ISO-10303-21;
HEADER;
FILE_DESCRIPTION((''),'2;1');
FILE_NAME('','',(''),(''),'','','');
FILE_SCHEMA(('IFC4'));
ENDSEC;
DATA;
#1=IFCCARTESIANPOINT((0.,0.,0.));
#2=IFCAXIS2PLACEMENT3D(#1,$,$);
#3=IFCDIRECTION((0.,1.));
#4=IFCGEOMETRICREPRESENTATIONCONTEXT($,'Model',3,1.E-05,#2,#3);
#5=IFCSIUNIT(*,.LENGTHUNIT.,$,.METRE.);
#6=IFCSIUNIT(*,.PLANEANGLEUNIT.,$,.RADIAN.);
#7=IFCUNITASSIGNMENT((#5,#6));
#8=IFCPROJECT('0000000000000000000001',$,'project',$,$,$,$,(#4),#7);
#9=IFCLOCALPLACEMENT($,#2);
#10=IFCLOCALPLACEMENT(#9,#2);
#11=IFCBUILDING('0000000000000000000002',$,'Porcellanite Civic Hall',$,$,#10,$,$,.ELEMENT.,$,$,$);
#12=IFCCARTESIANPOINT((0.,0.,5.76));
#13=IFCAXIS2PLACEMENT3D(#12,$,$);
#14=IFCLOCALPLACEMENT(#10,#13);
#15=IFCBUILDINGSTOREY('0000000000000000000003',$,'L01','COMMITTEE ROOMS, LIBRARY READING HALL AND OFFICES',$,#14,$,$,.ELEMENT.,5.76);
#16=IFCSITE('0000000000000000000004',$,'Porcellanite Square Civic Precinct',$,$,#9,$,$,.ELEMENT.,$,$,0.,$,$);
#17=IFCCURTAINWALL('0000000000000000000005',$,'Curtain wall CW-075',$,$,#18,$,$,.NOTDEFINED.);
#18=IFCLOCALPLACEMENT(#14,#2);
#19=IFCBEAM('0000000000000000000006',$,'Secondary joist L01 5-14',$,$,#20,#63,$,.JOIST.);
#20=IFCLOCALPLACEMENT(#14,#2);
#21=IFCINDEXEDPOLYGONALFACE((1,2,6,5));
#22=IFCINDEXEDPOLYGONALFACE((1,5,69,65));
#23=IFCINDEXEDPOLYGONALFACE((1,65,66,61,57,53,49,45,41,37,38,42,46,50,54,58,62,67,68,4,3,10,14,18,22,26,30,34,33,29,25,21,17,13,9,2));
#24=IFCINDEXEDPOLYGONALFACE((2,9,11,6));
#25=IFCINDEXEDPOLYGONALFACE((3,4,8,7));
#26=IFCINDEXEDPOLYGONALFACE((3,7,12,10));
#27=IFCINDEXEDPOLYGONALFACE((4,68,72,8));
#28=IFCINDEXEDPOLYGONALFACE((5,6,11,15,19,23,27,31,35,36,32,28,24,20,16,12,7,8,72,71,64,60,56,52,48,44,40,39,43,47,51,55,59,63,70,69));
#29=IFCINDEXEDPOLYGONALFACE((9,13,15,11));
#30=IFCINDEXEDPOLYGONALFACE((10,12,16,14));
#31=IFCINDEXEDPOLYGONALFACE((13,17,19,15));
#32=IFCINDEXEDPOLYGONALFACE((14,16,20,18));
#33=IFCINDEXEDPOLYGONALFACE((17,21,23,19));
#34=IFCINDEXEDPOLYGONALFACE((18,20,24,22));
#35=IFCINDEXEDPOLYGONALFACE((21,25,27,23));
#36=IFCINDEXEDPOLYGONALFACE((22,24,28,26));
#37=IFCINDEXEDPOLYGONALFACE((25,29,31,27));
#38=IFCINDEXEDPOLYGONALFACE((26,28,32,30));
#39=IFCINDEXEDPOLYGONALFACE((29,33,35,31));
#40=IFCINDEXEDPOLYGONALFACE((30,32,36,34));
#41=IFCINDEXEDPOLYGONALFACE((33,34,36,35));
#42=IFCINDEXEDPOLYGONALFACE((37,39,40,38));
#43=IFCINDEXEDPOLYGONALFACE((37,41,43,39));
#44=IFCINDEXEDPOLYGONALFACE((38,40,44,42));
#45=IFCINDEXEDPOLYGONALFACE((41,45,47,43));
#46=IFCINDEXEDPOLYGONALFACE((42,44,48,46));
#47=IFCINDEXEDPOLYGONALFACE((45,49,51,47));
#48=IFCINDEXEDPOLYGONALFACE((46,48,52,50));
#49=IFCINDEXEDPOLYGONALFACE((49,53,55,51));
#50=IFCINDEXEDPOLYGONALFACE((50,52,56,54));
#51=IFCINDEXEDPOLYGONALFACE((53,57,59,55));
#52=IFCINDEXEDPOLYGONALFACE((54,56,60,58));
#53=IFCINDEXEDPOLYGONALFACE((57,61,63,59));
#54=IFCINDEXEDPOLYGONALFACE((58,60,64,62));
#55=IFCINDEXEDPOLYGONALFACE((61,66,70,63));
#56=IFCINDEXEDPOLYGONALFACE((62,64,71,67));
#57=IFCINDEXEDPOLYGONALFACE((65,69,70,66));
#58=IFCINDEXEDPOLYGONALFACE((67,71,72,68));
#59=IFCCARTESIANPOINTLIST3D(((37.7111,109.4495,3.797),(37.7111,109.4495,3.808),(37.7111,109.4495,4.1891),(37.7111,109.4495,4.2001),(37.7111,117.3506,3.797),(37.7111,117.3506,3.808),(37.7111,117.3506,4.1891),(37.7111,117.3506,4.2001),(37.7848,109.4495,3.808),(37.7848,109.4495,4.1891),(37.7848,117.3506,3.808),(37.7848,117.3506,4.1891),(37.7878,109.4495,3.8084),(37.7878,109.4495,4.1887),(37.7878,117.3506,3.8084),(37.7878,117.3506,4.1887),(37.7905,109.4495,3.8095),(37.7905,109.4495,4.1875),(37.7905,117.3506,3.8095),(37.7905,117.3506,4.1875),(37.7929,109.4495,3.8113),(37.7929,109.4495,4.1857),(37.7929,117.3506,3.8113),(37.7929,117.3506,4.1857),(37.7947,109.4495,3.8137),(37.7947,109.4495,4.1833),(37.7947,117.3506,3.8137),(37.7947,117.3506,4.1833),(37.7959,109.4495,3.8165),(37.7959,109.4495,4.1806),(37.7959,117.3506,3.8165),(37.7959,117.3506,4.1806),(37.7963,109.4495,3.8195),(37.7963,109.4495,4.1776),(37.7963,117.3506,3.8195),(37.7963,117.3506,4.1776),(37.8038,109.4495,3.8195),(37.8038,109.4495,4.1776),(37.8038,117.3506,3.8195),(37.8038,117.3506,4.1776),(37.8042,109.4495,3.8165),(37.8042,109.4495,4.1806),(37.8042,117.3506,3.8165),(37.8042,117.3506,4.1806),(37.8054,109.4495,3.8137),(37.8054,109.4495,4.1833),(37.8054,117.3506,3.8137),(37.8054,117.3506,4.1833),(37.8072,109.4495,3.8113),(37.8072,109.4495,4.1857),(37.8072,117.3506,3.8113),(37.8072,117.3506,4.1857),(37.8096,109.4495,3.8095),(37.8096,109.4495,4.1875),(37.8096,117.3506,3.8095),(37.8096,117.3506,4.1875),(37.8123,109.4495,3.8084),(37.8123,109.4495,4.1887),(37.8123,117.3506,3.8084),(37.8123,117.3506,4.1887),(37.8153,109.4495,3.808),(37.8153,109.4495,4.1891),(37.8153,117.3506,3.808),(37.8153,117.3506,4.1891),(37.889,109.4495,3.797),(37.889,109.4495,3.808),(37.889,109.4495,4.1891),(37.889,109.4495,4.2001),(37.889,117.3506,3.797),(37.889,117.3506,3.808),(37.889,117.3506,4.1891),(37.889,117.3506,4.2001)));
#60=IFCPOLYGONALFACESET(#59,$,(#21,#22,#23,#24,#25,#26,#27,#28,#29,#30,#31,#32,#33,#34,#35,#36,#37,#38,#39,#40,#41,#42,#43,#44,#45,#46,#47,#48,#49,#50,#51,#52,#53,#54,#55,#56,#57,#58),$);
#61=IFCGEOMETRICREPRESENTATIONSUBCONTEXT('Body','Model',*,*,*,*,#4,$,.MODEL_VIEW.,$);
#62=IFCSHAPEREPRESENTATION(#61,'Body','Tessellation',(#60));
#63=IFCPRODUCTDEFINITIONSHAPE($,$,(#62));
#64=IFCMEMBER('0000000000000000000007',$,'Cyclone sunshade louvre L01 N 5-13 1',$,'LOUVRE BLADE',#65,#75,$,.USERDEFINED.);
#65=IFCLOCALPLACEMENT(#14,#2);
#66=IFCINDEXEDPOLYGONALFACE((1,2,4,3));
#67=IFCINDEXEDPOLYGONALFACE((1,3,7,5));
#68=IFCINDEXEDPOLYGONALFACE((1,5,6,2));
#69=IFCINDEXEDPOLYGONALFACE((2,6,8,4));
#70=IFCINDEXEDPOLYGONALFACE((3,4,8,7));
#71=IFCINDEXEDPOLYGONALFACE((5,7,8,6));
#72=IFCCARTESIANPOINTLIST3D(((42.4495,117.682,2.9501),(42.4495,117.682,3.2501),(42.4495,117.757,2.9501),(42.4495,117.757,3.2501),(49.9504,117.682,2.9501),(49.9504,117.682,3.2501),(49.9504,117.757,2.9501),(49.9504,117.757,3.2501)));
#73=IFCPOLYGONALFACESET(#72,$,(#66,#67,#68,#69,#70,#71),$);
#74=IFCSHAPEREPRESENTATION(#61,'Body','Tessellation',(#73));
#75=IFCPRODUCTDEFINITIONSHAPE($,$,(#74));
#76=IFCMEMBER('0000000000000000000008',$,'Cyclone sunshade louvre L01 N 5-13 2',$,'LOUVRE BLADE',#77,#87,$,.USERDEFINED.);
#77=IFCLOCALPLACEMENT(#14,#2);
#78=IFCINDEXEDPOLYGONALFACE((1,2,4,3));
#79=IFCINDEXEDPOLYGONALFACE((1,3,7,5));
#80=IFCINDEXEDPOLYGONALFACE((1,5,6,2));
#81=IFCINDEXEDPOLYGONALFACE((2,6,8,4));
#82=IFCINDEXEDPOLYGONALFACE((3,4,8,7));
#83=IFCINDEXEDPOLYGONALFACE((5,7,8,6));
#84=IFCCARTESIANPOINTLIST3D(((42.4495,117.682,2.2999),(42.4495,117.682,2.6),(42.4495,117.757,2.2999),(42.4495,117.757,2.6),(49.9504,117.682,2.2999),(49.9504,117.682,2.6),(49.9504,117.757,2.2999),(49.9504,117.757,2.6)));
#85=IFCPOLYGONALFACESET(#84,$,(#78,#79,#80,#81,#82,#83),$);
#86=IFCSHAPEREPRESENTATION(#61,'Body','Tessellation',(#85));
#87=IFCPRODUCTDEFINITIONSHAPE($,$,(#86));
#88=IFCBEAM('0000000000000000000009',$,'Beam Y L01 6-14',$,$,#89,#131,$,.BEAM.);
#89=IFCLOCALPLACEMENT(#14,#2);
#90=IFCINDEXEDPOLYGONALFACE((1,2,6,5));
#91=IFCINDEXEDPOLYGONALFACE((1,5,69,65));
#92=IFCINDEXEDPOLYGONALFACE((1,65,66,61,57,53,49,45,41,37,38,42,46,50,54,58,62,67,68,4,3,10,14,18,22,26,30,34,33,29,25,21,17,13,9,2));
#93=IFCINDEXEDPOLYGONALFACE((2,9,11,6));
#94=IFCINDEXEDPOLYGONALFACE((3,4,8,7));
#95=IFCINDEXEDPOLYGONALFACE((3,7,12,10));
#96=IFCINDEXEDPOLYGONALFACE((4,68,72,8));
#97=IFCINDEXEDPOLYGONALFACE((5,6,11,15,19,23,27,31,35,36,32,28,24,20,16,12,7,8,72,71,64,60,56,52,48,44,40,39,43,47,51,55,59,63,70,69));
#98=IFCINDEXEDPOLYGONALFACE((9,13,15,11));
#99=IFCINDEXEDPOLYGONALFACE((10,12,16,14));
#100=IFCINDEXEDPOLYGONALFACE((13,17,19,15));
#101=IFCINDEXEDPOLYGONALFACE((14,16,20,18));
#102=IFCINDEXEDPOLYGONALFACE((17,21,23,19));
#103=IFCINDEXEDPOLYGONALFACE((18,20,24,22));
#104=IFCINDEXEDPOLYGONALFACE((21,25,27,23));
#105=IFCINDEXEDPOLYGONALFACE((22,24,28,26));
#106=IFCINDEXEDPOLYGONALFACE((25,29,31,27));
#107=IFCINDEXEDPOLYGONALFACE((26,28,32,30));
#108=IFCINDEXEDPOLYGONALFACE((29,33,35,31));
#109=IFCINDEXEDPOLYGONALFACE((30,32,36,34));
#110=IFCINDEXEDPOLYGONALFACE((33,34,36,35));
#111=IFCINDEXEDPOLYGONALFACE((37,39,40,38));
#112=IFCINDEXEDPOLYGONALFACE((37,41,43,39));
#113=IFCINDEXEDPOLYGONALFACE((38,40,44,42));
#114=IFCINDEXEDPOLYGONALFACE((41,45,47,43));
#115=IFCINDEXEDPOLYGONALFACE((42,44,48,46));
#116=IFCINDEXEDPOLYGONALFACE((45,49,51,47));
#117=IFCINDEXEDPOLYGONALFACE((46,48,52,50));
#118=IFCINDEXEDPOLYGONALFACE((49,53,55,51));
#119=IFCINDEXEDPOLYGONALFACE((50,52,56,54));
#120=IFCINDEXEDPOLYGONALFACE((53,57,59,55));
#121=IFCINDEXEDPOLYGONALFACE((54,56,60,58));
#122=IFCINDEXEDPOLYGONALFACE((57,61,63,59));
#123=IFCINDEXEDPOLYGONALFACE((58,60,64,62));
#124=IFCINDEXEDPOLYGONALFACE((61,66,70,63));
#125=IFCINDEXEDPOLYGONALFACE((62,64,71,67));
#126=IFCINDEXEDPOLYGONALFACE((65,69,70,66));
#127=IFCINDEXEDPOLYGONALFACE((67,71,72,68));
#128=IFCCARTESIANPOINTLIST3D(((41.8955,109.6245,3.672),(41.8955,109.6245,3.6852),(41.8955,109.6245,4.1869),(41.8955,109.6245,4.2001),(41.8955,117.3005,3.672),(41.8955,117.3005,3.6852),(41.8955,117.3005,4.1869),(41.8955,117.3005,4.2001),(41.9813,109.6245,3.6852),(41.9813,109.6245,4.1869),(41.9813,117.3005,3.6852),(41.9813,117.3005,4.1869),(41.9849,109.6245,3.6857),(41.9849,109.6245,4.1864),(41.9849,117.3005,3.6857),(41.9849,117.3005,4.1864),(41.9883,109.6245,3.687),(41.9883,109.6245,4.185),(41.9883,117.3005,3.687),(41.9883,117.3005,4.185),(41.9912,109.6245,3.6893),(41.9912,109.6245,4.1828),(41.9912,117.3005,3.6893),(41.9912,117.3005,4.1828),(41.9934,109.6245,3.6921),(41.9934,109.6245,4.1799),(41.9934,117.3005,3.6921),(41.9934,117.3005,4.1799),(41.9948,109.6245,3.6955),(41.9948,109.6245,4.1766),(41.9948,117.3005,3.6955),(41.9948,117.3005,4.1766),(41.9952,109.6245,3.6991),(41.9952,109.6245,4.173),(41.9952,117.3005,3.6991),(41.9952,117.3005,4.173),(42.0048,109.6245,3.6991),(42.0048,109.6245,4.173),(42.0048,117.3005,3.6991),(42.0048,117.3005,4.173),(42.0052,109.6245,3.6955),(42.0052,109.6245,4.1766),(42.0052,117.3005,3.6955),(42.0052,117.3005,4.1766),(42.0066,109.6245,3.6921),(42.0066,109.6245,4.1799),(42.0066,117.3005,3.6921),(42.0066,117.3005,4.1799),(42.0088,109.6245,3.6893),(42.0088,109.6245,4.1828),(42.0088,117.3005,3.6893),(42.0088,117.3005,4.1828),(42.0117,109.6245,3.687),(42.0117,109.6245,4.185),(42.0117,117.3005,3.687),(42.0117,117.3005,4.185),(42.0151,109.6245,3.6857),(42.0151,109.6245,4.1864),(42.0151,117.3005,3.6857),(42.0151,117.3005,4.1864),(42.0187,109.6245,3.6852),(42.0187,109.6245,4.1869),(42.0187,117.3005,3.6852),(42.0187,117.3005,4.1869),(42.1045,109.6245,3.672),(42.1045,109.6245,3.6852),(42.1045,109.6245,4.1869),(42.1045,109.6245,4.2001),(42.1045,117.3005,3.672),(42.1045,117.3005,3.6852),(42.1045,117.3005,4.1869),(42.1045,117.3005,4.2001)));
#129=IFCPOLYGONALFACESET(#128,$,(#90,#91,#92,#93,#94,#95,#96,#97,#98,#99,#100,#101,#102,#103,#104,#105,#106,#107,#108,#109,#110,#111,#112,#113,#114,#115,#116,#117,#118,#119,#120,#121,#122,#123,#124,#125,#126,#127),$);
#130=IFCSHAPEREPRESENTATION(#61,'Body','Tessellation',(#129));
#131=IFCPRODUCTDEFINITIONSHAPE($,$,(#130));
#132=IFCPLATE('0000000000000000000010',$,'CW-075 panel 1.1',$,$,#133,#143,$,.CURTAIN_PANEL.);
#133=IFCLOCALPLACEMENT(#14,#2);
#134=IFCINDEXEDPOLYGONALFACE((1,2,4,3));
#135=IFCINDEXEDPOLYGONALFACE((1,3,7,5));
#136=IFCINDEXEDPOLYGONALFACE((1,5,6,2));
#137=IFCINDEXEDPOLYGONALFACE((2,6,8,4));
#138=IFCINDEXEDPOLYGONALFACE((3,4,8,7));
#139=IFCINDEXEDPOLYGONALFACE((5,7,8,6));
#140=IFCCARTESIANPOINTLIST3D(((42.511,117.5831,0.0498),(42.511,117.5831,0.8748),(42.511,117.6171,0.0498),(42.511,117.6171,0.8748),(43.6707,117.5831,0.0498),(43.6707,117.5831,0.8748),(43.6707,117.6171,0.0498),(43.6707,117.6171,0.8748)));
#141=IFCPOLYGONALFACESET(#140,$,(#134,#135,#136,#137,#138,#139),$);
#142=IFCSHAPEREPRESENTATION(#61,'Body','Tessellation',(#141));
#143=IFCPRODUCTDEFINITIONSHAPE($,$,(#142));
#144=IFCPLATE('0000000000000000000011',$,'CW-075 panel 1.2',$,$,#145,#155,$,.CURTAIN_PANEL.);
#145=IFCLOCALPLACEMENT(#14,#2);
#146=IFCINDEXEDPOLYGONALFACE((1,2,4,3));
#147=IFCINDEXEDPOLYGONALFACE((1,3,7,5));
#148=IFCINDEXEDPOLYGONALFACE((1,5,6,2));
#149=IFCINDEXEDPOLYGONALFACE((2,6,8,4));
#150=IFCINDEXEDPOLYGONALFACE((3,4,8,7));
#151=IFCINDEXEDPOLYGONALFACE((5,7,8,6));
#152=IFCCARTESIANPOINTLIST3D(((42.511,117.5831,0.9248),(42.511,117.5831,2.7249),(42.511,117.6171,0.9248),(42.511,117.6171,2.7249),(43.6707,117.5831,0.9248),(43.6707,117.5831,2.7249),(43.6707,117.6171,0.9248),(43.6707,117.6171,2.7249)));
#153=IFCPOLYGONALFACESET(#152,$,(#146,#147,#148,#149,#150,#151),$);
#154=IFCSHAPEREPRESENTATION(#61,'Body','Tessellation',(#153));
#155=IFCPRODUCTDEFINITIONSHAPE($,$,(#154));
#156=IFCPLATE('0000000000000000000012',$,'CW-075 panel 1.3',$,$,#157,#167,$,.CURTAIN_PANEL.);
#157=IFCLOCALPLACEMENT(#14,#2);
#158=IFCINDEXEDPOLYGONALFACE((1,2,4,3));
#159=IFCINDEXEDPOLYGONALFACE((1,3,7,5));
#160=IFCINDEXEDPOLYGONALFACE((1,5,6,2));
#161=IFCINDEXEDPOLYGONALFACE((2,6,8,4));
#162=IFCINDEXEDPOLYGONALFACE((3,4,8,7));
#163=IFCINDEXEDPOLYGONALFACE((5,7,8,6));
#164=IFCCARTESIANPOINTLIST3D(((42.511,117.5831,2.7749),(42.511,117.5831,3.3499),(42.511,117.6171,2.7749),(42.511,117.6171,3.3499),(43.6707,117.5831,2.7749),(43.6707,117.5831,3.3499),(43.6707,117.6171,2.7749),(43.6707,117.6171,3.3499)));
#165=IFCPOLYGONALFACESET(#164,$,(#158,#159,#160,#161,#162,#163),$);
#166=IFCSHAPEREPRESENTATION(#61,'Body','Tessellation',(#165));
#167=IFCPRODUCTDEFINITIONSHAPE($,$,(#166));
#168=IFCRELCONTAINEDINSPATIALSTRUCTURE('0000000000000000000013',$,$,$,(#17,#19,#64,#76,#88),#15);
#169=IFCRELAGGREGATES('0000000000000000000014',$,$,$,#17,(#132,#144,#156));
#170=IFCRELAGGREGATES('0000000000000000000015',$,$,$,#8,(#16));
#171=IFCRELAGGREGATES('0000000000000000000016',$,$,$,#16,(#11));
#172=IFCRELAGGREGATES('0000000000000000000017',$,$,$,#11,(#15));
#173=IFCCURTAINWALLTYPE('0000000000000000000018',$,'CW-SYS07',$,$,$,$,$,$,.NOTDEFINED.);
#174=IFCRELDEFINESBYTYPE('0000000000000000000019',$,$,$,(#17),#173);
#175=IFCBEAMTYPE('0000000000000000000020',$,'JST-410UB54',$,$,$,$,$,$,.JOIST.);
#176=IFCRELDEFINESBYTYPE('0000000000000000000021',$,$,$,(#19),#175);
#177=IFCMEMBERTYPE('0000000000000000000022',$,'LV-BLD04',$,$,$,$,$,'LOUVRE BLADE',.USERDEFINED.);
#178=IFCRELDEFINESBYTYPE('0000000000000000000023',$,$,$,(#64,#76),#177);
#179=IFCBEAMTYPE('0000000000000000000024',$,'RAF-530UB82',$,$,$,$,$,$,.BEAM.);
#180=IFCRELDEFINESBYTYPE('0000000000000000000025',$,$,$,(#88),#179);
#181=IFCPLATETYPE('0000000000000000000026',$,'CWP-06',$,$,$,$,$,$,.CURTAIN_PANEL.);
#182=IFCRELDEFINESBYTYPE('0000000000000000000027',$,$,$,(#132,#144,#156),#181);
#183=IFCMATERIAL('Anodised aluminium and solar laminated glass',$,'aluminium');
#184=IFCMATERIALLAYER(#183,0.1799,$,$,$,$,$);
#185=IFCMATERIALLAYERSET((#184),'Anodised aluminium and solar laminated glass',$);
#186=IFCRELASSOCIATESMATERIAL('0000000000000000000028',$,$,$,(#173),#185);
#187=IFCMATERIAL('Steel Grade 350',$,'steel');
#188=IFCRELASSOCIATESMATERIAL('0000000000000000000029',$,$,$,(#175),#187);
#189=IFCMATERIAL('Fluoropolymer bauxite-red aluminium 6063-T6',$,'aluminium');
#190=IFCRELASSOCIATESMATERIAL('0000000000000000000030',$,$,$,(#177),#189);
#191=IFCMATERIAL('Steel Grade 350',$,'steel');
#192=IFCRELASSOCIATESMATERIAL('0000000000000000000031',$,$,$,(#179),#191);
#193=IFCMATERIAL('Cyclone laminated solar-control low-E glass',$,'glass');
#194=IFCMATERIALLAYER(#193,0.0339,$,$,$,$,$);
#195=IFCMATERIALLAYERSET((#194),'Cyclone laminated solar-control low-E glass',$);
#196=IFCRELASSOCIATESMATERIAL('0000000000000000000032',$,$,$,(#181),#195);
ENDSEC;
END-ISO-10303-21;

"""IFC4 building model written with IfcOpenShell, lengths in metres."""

from ifc_helpers import new_model, si_unit, direction, frame, origin, origin_2d, place, context, subcontext, project, spatial, rectangle, i_section, extrude, material, layer, layer_set, material_profile, profile_set, type_object, element, aggregate, save


model = new_model("IFC4")

# Units and contexts
model_context = context("Model", 3, precision=1e-05, world=origin(), true_north=direction((0.0, 1.0)))
body_context = subcontext(model_context, "Body", "Model", "MODEL_VIEW")
ifc_project = project(units=[si_unit("LENGTHUNIT", "METRE"), si_unit("PLANEANGLEUNIT", "RADIAN")], contexts=[model_context])

# Site, building, storey
site_placement = place(None, origin())
site = spatial("IfcSite", under=ifc_project, at=site_placement, Name="Porcellanite Square Civic Precinct", CompositionType="ELEMENT", RefElevation=0.0)
building_placement = place(site_placement, origin())
building = spatial("IfcBuilding", under=site, at=building_placement, Name="Porcellanite Civic Hall", CompositionType="ELEMENT")
storey_placement = place(building_placement, frame((0.0, 0.0, 5.76)))
storey = spatial("IfcBuildingStorey", under=building, at=storey_placement, Name="L01", Description="COMMITTEE ROOMS, LIBRARY READING HALL AND OFFICES", CompositionType="ELEMENT", Elevation=5.76)

# Curtain wall
ifc_material_1 = material(Name="Anodised aluminium and solar laminated glass", Category="aluminium")
ifc_layer_1 = layer(ifc_material_1, 0.1799)
ifc_layer_set_1 = layer_set([ifc_layer_1], Name="Anodised aluminium and solar laminated glass")
curtain_wall_type = type_object("IfcCurtainWallType", Name="CW-SYS07", PredefinedType="NOTDEFINED", material=ifc_layer_set_1)
curtain_wall_placement = place(storey_placement, origin())
curtain_wall = element("IfcCurtainWall", 1, at=curtain_wall_placement, inside=storey, type_object=curtain_wall_type, Name="Curtain wall CW-075", PredefinedType="NOTDEFINED")

# Beam
ifc_material_2 = material(Name="Steel Grade 350", Category="steel")
ifc_material_profile_1 = material_profile(ifc_material_2, i_section(OverallWidth=0.178, OverallDepth=0.4031, WebThickness=0.0076, FlangeThickness=0.011, FilletRadius=0.0115, at=origin_2d()), Name="410UB53.7")
ifc_profile_set_1 = profile_set([ifc_material_profile_1], Name="Steel Grade 350")
beam_type_1 = type_object("IfcBeamType", Name="JST-410UB54", PredefinedType="JOIST", material=ifc_profile_set_1)
beam_1_placement = place(storey_placement, frame((37.8, 109.4495, 3.9985), z_axis=(0.0, 1.0, 0.0), x_axis=(-1.0, 0.0, 0.0)))
element("IfcBeam", 2, at=beam_1_placement, inside=storey, type_object=beam_type_1, Name="Secondary joist L01 5-14", PredefinedType="JOIST", context=body_context, shape_type="SweptSolid", body=[
    extrude(i_section(OverallWidth=0.178, OverallDepth=0.4031, WebThickness=0.0076, FlangeThickness=0.011, FilletRadius=0.0115, at=origin_2d()), origin(), (0.0, 0.0, 1.0), 7.9011),
])

# Members
ifc_material_3 = material(Name="Fluoropolymer bauxite-red aluminium 6063-T6", Category="aluminium")
ifc_material_profile_2 = material_profile(ifc_material_3, rectangle(XDim=0.075, YDim=0.3, at=origin_2d()), Name="AL-75x300")
ifc_profile_set_2 = profile_set([ifc_material_profile_2], Name="Fluoropolymer bauxite-red aluminium 6063-T6")
member_type_1 = type_object("IfcMemberType", Name="LV-BLD04", ElementType="LOUVRE BLADE", PredefinedType="USERDEFINED", material=ifc_profile_set_2)
for number, where, z_axis, x_axis, name in (
    (3, (42.4495, 117.7195, 3.1001), (1.0, 0.0, 0.0), (0.0, 1.0, 0.0), "Cyclone sunshade louvre L01 N 5-13 1"),
    (4, (42.4495, 117.7195, 2.45), (1.0, 0.0, 0.0), (0.0, 1.0, 0.0), "Cyclone sunshade louvre L01 N 5-13 2"),
):
    element("IfcMember", number, at=place(storey_placement, frame(where, z_axis=z_axis, x_axis=x_axis)), inside=storey, type_object=member_type_1, Name=name, ObjectType="LOUVRE BLADE", PredefinedType="USERDEFINED", context=body_context, shape_type="SweptSolid", body=[
        extrude(rectangle(XDim=0.075, YDim=0.3, at=origin_2d()), origin(), (0.0, 0.0, 1.0), 7.501),
    ])

# Beam
ifc_material_4 = material(Name="Steel Grade 350", Category="steel")
ifc_material_profile_3 = material_profile(ifc_material_4, i_section(OverallWidth=0.209, OverallDepth=0.5281, WebThickness=0.0095, FlangeThickness=0.0132, FilletRadius=0.0139, at=origin_2d()), Name="530UB82.0")
ifc_profile_set_3 = profile_set([ifc_material_profile_3], Name="Steel Grade 350")
beam_type_2 = type_object("IfcBeamType", Name="RAF-530UB82", PredefinedType="BEAM", material=ifc_profile_set_3)
beam_2_placement = place(storey_placement, frame((42.0, 109.6245, 3.936), z_axis=(0.0, 1.0, 0.0), x_axis=(-1.0, 0.0, 0.0)))
element("IfcBeam", 5, at=beam_2_placement, inside=storey, type_object=beam_type_2, Name="Beam Y L01 6-14", PredefinedType="BEAM", context=body_context, shape_type="SweptSolid", body=[
    extrude(i_section(OverallWidth=0.209, OverallDepth=0.5281, WebThickness=0.0095, FlangeThickness=0.0132, FilletRadius=0.0139, at=origin_2d()), origin(), (0.0, 0.0, 1.0), 7.676),
])

# Plates
ifc_material_5 = material(Name="Cyclone laminated solar-control low-E glass", Category="glass")
ifc_layer_2 = layer(ifc_material_5, 0.0339)
ifc_layer_set_2 = layer_set([ifc_layer_2], Name="Cyclone laminated solar-control low-E glass")
plate_type = type_object("IfcPlateType", Name="CWP-06", PredefinedType="CURTAIN_PANEL", material=ifc_layer_set_2)
plate_1_placement = place(storey_placement, frame((43.0908, 117.6001, 0.0498), z_axis=(0.0, 0.0, 1.0), x_axis=(1.0, 0.0, 0.0)))
plate_1 = element("IfcPlate", 6, at=plate_1_placement, type_object=plate_type, Name="CW-075 panel 1.1", PredefinedType="CURTAIN_PANEL", context=body_context, shape_type="SweptSolid", body=[
    extrude(rectangle(XDim=1.1597, YDim=0.0339, at=origin_2d()), origin(), (0.0, 0.0, 1.0), 0.825),
])
plate_2_placement = place(storey_placement, frame((43.0908, 117.6001, 0.9248), z_axis=(0.0, 0.0, 1.0), x_axis=(1.0, 0.0, 0.0)))
plate_2 = element("IfcPlate", 7, at=plate_2_placement, type_object=plate_type, Name="CW-075 panel 1.2", PredefinedType="CURTAIN_PANEL", context=body_context, shape_type="SweptSolid", body=[
    extrude(rectangle(XDim=1.1597, YDim=0.0339, at=origin_2d()), origin(), (0.0, 0.0, 1.0), 1.8),
])
plate_3_placement = place(storey_placement, frame((43.0908, 117.6001, 2.7749), z_axis=(0.0, 0.0, 1.0), x_axis=(1.0, 0.0, 0.0)))
plate_3 = element("IfcPlate", 8, at=plate_3_placement, type_object=plate_type, Name="CW-075 panel 1.3", PredefinedType="CURTAIN_PANEL", context=body_context, shape_type="SweptSolid", body=[
    extrude(rectangle(XDim=1.1597, YDim=0.0339, at=origin_2d()), origin(), (0.0, 0.0, 1.0), 0.575),
])
aggregate(curtain_wall, [plate_1, plate_2, plate_3])

save(model, "model.ifc")
